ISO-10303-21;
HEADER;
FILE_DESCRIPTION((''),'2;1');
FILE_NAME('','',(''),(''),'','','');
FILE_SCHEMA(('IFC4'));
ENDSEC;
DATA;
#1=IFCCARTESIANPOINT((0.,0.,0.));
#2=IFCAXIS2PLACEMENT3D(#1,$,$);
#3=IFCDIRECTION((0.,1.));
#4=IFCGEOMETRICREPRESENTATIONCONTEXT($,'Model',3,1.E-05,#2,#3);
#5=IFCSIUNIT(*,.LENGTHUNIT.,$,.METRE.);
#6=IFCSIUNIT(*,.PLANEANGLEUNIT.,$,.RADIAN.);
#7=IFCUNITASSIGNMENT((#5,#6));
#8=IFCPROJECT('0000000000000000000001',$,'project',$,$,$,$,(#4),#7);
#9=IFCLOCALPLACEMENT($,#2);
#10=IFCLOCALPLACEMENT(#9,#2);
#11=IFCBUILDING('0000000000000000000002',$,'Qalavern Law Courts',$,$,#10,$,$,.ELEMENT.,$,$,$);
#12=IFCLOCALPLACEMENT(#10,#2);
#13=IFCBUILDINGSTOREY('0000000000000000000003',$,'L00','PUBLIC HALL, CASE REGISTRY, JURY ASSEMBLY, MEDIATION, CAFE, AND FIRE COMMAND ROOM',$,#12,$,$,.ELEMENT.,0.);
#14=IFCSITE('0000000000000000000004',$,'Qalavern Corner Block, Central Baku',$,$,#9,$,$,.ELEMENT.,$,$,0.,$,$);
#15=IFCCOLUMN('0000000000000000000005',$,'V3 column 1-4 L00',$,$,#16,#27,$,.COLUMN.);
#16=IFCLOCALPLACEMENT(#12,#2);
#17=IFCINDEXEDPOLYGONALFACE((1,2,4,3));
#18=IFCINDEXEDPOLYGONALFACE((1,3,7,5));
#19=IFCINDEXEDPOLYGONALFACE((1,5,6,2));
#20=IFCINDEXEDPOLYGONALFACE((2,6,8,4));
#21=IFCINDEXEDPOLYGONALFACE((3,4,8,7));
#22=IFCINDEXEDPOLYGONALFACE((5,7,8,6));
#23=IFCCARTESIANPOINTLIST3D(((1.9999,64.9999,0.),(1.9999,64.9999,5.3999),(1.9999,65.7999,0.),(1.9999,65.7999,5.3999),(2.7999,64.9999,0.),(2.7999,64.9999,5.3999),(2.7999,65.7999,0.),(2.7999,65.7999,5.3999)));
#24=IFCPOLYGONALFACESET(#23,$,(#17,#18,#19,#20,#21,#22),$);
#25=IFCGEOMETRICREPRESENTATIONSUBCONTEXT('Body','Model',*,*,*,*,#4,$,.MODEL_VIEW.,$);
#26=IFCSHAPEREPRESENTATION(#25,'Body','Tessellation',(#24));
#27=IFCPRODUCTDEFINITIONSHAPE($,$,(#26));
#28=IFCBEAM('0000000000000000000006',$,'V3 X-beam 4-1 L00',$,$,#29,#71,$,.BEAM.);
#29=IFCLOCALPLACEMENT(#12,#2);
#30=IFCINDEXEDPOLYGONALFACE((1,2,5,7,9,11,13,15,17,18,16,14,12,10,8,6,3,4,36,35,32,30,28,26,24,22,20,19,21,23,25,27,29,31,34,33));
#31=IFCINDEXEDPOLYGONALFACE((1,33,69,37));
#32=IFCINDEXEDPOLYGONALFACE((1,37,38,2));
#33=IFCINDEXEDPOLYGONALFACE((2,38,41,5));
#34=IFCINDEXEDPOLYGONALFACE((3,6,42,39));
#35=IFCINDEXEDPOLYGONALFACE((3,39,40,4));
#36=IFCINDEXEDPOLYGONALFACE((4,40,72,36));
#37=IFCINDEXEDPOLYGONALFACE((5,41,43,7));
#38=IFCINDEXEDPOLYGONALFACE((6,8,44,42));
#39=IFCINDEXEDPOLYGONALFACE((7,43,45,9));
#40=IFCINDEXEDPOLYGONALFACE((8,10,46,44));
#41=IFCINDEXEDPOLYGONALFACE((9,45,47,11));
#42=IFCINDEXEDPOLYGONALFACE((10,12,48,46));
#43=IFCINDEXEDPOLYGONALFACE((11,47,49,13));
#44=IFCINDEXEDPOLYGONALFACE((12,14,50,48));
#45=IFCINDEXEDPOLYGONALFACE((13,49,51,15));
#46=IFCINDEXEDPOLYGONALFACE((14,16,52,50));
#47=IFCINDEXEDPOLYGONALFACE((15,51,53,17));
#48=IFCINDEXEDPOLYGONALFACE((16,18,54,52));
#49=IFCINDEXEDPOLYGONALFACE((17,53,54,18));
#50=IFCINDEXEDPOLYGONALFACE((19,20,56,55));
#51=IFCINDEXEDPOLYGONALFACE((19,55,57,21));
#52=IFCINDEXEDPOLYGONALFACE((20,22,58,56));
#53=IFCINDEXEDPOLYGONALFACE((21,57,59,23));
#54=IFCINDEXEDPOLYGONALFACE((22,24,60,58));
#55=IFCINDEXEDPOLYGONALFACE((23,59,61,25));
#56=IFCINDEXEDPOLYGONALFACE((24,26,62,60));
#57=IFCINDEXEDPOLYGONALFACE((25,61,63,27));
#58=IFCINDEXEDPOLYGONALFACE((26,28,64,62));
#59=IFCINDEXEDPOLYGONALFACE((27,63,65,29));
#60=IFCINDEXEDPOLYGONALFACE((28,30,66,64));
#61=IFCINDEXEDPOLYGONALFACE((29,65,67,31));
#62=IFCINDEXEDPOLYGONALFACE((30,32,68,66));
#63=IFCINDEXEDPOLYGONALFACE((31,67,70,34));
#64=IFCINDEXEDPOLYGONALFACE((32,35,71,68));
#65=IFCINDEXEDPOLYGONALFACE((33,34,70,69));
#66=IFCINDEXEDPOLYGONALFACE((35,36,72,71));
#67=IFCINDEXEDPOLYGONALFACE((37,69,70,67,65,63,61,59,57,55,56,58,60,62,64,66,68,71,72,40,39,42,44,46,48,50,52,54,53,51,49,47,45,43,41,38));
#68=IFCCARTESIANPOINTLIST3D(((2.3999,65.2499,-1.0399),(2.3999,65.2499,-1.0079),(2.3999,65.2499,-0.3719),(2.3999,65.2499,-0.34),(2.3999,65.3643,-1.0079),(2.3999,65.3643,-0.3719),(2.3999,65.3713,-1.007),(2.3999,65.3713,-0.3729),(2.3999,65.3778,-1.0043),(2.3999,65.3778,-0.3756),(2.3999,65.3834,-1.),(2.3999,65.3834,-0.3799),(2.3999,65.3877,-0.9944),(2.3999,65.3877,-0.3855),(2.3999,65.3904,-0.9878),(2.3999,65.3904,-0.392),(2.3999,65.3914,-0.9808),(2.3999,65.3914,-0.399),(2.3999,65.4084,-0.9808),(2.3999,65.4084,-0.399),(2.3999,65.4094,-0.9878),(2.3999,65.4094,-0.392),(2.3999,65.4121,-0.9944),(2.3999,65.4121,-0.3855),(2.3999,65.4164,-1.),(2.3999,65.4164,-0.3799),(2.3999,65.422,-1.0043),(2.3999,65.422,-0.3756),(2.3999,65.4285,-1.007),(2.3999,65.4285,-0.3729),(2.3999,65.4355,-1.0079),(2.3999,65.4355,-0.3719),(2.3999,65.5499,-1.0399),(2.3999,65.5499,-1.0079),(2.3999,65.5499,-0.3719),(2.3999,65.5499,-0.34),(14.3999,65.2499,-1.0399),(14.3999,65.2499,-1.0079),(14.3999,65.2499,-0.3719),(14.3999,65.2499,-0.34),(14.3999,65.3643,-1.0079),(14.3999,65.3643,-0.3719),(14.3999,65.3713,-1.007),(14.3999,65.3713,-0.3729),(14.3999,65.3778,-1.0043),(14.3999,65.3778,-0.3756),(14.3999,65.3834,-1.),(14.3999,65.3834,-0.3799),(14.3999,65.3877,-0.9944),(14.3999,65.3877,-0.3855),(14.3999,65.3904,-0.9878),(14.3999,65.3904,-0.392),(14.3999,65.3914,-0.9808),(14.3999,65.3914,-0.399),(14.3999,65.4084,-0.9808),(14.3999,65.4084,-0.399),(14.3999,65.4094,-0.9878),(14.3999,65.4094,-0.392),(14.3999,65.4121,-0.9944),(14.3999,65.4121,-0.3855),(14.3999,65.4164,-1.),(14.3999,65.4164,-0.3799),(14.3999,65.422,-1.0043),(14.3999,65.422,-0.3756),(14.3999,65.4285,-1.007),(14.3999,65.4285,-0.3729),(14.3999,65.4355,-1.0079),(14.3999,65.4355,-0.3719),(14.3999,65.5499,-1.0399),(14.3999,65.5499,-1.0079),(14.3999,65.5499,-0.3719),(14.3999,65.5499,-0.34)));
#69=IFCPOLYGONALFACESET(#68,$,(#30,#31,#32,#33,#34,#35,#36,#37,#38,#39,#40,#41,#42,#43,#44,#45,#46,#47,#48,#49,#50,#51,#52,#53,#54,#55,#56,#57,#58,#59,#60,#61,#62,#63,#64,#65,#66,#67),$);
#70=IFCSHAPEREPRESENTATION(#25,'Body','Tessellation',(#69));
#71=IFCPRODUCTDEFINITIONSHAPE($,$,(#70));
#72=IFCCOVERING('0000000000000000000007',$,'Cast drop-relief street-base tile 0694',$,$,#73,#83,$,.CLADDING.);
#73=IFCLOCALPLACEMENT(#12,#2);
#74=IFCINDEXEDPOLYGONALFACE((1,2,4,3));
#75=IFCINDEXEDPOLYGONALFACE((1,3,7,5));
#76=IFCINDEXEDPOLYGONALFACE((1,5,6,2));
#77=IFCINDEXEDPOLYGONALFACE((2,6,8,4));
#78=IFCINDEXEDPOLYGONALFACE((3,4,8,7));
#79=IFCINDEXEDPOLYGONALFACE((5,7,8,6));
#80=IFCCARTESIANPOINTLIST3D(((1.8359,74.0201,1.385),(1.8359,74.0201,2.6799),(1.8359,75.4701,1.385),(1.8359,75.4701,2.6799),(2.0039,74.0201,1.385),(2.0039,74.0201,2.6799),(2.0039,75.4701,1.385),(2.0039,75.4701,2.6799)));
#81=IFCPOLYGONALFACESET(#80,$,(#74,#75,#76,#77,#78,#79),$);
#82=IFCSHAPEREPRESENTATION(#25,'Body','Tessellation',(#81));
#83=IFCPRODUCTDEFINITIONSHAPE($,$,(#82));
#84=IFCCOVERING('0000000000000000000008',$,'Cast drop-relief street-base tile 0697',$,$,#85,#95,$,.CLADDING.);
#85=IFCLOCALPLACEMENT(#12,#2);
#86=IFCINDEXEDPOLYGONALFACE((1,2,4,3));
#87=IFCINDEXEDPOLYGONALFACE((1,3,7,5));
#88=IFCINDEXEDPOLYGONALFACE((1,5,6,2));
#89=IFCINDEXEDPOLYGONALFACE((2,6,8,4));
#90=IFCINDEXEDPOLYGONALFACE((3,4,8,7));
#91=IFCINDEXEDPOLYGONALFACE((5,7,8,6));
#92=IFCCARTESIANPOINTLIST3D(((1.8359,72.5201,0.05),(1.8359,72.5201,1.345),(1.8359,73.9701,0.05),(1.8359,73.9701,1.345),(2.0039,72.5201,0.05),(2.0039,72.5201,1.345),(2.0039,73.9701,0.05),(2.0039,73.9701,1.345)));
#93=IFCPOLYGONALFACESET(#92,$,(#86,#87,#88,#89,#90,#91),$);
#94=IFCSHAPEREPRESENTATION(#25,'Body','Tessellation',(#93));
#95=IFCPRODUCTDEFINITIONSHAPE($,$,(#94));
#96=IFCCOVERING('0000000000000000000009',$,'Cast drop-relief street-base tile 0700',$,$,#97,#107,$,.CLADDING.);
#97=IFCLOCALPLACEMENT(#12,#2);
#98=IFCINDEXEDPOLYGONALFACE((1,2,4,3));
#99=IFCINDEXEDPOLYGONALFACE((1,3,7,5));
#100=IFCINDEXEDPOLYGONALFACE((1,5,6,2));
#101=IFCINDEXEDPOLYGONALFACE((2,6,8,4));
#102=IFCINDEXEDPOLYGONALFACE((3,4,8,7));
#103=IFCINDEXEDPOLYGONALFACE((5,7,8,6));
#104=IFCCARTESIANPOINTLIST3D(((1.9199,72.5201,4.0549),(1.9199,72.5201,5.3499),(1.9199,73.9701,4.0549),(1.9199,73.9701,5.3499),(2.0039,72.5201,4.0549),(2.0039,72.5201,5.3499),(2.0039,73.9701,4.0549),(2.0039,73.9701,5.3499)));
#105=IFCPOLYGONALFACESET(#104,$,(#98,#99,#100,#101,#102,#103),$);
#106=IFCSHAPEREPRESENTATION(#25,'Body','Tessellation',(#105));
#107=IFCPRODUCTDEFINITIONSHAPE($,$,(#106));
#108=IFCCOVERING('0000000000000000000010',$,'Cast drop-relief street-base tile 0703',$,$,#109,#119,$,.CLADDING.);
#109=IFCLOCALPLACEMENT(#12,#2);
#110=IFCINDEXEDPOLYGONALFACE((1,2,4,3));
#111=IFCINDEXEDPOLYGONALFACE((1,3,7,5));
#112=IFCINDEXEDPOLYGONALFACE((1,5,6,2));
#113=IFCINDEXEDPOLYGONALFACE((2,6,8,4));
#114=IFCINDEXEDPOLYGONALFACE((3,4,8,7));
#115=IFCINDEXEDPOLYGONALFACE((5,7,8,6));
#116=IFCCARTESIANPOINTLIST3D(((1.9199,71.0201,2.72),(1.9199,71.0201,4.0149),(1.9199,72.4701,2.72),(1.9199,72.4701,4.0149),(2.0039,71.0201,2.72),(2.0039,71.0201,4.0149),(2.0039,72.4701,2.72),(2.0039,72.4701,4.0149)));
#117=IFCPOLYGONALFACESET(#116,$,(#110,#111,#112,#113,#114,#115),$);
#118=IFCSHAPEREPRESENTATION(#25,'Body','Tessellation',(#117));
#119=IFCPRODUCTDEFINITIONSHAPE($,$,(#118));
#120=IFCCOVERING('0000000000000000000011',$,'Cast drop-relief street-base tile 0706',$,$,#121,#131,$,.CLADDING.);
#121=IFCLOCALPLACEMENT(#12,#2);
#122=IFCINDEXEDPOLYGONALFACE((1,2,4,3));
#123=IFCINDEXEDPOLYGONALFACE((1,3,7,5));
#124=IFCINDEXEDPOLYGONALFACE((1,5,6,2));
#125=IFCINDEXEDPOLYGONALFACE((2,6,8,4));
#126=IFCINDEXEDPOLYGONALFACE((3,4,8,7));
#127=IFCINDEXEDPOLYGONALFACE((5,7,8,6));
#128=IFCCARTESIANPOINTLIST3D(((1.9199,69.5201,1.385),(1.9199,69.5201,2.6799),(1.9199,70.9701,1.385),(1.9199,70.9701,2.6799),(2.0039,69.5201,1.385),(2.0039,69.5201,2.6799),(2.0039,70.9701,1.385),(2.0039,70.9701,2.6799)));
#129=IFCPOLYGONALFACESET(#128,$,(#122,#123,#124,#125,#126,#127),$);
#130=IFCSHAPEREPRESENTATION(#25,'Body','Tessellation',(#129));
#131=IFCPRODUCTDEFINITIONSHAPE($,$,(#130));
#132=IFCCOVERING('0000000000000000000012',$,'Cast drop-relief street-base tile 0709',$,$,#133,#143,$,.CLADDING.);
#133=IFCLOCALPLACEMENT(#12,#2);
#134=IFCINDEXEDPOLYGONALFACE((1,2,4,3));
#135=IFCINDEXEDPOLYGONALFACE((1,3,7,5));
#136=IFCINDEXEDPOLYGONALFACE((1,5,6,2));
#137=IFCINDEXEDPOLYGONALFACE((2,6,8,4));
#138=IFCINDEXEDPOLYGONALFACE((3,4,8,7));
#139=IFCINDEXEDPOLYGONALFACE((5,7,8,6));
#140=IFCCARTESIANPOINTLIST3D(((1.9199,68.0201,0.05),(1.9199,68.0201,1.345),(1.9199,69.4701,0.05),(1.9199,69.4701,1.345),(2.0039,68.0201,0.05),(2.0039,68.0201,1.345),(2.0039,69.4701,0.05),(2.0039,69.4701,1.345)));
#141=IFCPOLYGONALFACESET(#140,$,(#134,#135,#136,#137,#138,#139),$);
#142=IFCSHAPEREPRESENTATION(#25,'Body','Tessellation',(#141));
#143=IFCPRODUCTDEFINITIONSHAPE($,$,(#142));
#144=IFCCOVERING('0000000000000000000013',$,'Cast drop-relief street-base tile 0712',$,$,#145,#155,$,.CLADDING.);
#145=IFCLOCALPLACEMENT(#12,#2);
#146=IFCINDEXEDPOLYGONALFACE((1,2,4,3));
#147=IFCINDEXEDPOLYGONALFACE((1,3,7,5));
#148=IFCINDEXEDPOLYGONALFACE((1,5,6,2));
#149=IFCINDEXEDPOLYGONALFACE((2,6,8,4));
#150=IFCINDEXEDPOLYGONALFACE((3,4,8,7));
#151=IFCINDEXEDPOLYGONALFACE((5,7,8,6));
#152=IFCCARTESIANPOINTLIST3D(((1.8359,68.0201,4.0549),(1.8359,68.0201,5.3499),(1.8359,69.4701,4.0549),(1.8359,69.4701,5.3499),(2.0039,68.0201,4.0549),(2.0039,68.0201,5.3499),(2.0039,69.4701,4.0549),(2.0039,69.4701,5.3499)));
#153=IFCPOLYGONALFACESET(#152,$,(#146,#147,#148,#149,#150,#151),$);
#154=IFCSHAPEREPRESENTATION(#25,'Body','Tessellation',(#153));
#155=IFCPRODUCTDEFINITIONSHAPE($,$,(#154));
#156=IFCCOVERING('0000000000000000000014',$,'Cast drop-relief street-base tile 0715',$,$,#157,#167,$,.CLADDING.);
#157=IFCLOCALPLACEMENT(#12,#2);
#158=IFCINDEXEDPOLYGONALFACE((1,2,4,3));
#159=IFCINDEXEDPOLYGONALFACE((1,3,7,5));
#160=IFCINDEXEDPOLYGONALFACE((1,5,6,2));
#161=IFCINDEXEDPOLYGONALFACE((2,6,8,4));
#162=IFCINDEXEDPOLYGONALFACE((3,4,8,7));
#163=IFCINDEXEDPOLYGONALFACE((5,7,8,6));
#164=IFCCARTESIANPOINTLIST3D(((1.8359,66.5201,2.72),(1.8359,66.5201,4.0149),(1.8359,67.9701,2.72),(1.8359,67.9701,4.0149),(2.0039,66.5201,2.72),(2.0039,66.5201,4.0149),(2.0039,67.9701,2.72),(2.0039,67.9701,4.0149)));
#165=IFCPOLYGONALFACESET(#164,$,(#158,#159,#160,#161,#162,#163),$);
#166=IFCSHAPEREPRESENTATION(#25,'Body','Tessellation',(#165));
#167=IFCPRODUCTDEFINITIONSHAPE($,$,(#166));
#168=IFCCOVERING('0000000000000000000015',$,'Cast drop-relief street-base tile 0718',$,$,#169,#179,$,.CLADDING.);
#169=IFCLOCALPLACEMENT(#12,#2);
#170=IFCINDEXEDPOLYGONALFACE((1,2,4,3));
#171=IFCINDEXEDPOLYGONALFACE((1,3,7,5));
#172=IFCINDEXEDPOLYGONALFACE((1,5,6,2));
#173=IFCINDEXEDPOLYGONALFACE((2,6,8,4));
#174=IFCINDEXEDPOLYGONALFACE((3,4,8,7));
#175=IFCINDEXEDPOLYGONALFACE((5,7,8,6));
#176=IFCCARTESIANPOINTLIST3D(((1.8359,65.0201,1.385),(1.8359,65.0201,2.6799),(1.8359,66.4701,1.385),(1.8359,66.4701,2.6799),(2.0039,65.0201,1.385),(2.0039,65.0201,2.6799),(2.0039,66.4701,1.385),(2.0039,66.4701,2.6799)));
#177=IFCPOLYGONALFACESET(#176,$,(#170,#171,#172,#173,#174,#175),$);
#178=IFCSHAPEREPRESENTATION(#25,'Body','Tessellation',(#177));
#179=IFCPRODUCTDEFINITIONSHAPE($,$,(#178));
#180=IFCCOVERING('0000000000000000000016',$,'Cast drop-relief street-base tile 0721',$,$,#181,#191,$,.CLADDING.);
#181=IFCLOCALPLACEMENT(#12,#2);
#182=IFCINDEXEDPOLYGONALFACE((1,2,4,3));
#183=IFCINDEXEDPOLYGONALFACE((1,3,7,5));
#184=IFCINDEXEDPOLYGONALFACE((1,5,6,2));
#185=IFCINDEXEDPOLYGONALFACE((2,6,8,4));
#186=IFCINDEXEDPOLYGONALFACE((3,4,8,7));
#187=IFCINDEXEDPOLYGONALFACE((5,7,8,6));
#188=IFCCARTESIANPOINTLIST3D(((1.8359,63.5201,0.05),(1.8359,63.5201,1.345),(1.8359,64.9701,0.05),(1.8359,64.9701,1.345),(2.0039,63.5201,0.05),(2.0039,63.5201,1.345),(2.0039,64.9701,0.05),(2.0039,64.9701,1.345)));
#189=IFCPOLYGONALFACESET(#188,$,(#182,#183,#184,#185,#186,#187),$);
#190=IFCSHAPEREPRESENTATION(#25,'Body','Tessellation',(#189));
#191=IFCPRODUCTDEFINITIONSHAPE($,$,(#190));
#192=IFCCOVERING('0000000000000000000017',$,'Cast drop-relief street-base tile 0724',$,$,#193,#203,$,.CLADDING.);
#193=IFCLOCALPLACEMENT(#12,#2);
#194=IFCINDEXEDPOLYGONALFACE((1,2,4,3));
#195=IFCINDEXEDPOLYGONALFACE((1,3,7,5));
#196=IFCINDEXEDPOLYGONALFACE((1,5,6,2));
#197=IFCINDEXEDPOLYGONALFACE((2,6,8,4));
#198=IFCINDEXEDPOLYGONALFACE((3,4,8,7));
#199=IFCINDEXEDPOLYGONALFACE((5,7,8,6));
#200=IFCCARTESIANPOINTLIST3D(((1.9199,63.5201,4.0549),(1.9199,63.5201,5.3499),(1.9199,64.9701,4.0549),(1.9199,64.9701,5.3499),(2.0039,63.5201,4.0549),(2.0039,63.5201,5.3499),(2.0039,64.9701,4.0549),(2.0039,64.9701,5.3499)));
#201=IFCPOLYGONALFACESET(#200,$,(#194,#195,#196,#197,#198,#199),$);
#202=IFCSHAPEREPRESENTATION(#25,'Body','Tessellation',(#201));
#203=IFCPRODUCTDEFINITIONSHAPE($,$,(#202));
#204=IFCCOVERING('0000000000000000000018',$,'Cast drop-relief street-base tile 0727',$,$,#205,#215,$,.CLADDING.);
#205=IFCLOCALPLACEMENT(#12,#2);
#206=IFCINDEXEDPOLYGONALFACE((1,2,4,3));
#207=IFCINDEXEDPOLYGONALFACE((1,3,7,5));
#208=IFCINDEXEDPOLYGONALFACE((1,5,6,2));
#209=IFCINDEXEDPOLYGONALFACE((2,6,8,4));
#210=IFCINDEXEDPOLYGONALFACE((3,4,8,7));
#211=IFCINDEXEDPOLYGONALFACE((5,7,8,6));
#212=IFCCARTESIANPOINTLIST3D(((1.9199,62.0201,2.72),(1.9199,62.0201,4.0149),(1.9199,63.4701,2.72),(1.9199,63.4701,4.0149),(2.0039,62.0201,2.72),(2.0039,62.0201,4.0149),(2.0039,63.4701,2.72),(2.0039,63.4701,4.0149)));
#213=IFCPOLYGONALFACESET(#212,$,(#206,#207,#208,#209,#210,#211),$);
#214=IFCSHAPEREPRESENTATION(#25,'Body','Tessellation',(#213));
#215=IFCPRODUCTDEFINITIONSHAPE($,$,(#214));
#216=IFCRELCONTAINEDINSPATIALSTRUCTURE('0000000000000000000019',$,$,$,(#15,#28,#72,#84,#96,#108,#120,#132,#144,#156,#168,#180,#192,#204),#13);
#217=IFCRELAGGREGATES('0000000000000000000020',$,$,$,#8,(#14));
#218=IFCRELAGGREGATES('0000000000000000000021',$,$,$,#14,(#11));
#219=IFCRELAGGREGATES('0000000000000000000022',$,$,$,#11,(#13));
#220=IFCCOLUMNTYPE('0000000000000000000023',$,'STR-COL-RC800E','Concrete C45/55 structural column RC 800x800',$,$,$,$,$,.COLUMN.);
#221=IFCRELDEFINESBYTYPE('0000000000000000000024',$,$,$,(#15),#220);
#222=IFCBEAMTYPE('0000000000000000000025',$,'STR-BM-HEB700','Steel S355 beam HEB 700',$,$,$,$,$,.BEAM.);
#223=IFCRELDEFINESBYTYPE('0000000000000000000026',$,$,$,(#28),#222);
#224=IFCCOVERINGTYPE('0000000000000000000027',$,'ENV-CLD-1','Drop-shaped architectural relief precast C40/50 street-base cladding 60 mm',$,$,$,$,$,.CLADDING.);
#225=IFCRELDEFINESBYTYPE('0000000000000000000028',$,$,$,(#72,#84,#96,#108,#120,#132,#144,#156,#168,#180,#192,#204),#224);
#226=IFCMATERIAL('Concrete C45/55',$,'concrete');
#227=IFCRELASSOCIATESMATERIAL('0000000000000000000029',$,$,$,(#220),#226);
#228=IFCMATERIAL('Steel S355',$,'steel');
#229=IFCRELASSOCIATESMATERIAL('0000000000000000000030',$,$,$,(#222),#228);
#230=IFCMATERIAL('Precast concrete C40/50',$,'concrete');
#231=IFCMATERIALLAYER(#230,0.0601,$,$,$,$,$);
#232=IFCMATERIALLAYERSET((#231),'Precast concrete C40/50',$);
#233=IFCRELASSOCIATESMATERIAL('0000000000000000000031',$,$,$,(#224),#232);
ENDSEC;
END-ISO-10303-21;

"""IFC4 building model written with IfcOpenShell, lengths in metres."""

from ifc_helpers import new_model, si_unit, direction, frame, origin, origin_2d, place, context, subcontext, project, spatial, rectangle, i_section, extrude, material, layer, layer_set, material_profile, profile_set, type_object, element, save


model = new_model("IFC4")

# Units and contexts
model_context = context("Model", 3, precision=1e-05, world=origin(), true_north=direction((0.0, 1.0)))
body_context = subcontext(model_context, "Body", "Model", "MODEL_VIEW")
ifc_project = project(units=[si_unit("LENGTHUNIT", "METRE"), si_unit("PLANEANGLEUNIT", "RADIAN")], contexts=[model_context])

# Site, building, storey
site_placement = place(None, origin())
site = spatial("IfcSite", under=ifc_project, at=site_placement, Name="Qalavern Corner Block, Central Baku", CompositionType="ELEMENT", RefElevation=0.0)
building_placement = place(site_placement, origin())
building = spatial("IfcBuilding", under=site, at=building_placement, Name="Qalavern Law Courts", CompositionType="ELEMENT")
storey_placement = place(building_placement, origin())
storey = spatial("IfcBuildingStorey", under=building, at=storey_placement, Name="L00", Description="PUBLIC HALL, CASE REGISTRY, JURY ASSEMBLY, MEDIATION, CAFE, AND FIRE COMMAND ROOM", CompositionType="ELEMENT", Elevation=0.0)

# Column
ifc_material_1 = material(Name="Concrete C45/55", Category="concrete")
ifc_material_profile_1 = material_profile(ifc_material_1, rectangle(XDim=0.8, YDim=0.8, at=origin_2d()), Name="RC 800x800")
ifc_profile_set_1 = profile_set([ifc_material_profile_1], Name="Concrete C45/55")
column_type = type_object("IfcColumnType", Name="STR-COL-RC800E", Description="Concrete C45/55 structural column RC 800x800", PredefinedType="COLUMN", material=ifc_profile_set_1)
column_placement = place(storey_placement, frame((2.3999, 65.3999, 0.0), z_axis=(0.0, 0.0, 1.0), x_axis=(1.0, 0.0, 0.0)))
element("IfcColumn", 1, at=column_placement, inside=storey, type_object=column_type, Name="V3 column 1-4 L00", PredefinedType="COLUMN", context=body_context, shape_type="SweptSolid", body=[
    extrude(rectangle(XDim=0.8, YDim=0.8, at=origin_2d()), origin(), (0.0, 0.0, 1.0), 5.3999),
])

# Beam
ifc_material_2 = material(Name="Steel S355", Category="steel")
ifc_material_profile_2 = material_profile(ifc_material_2, i_section(OverallWidth=0.3, OverallDepth=0.7, WebThickness=0.0171, FlangeThickness=0.032, FilletRadius=0.0271, at=origin_2d()), Name="HEB 700")
ifc_profile_set_2 = profile_set([ifc_material_profile_2], Name="Steel S355")
beam_type = type_object("IfcBeamType", Name="STR-BM-HEB700", Description="Steel S355 beam HEB 700", PredefinedType="BEAM", material=ifc_profile_set_2)
beam_placement = place(storey_placement, frame((2.3999, 65.3999, -0.6899), z_axis=(1.0, 0.0, 0.0), x_axis=(0.0, 1.0, 0.0)))
element("IfcBeam", 2, at=beam_placement, inside=storey, type_object=beam_type, Name="V3 X-beam 4-1 L00", PredefinedType="BEAM", context=body_context, shape_type="SweptSolid", body=[
    extrude(i_section(OverallWidth=0.3, OverallDepth=0.7, WebThickness=0.0171, FlangeThickness=0.032, FilletRadius=0.0271, at=origin_2d()), origin(), (0.0, 0.0, 1.0), 12.0),
])

# Coverings
ifc_material_3 = material(Name="Precast concrete C40/50", Category="concrete")
ifc_layer_1 = layer(ifc_material_3, 0.0601)
ifc_layer_set_1 = layer_set([ifc_layer_1], Name="Precast concrete C40/50")
covering_type_1 = type_object("IfcCoveringType", Name="ENV-CLD-1", Description="Drop-shaped architectural relief precast C40/50 street-base cladding 60 mm", PredefinedType="CLADDING", material=ifc_layer_set_1)
for number, where, z_axis, x_axis, name in (
    (3, (1.9199, 74.7451, 1.385), (0.0, 0.0, 1.0), (0.0, -1.0, 0.0), "Cast drop-relief street-base tile 0694"),
    (4, (1.9199, 73.2451, 0.05), (0.0, 0.0, 1.0), (0.0, -1.0, 0.0), "Cast drop-relief street-base tile 0697"),
):
    element("IfcCovering", number, at=place(storey_placement, frame(where, z_axis=z_axis, x_axis=x_axis)), inside=storey, type_object=covering_type_1, Name=name, PredefinedType="CLADDING", context=body_context, shape_type="SweptSolid", body=[
        extrude(rectangle(XDim=1.45, YDim=0.168, at=origin_2d()), origin(), (0.0, 0.0, 1.0), 1.2949),
    ])
for number, where, z_axis, x_axis, name in (
    (5, (1.9619, 73.2451, 4.0549), (0.0, 0.0, 1.0), (0.0, -1.0, 0.0), "Cast drop-relief street-base tile 0700"),
    (6, (1.9619, 71.7451, 2.72), (0.0, 0.0, 1.0), (0.0, -1.0, 0.0), "Cast drop-relief street-base tile 0703"),
    (7, (1.9619, 70.2451, 1.385), (0.0, 0.0, 1.0), (0.0, -1.0, 0.0), "Cast drop-relief street-base tile 0706"),
    (8, (1.9619, 68.7451, 0.05), (0.0, 0.0, 1.0), (0.0, -1.0, 0.0), "Cast drop-relief street-base tile 0709"),
):
    element("IfcCovering", number, at=place(storey_placement, frame(where, z_axis=z_axis, x_axis=x_axis)), inside=storey, type_object=covering_type_1, Name=name, PredefinedType="CLADDING", context=body_context, shape_type="SweptSolid", body=[
        extrude(rectangle(XDim=1.45, YDim=0.084, at=origin_2d()), origin(), (0.0, 0.0, 1.0), 1.2949),
    ])
for number, where, z_axis, x_axis, name in (
    (9, (1.9199, 68.7451, 4.0549), (0.0, 0.0, 1.0), (0.0, -1.0, 0.0), "Cast drop-relief street-base tile 0712"),
    (10, (1.9199, 67.2451, 2.72), (0.0, 0.0, 1.0), (0.0, -1.0, 0.0), "Cast drop-relief street-base tile 0715"),
    (11, (1.9199, 65.7451, 1.385), (0.0, 0.0, 1.0), (0.0, -1.0, 0.0), "Cast drop-relief street-base tile 0718"),
    (12, (1.9199, 64.2451, 0.05), (0.0, 0.0, 1.0), (0.0, -1.0, 0.0), "Cast drop-relief street-base tile 0721"),
):
    element("IfcCovering", number, at=place(storey_placement, frame(where, z_axis=z_axis, x_axis=x_axis)), inside=storey, type_object=covering_type_1, Name=name, PredefinedType="CLADDING", context=body_context, shape_type="SweptSolid", body=[
        extrude(rectangle(XDim=1.45, YDim=0.168, at=origin_2d()), origin(), (0.0, 0.0, 1.0), 1.2949),
    ])
for number, where, z_axis, x_axis, name in (
    (13, (1.9619, 64.2451, 4.0549), (0.0, 0.0, 1.0), (0.0, -1.0, 0.0), "Cast drop-relief street-base tile 0724"),
    (14, (1.9619, 62.7451, 2.72), (0.0, 0.0, 1.0), (0.0, -1.0, 0.0), "Cast drop-relief street-base tile 0727"),
):
    element("IfcCovering", number, at=place(storey_placement, frame(where, z_axis=z_axis, x_axis=x_axis)), inside=storey, type_object=covering_type_1, Name=name, PredefinedType="CLADDING", context=body_context, shape_type="SweptSolid", body=[
        extrude(rectangle(XDim=1.45, YDim=0.084, at=origin_2d()), origin(), (0.0, 0.0, 1.0), 1.2949),
    ])

save(model, "model.ifc")
